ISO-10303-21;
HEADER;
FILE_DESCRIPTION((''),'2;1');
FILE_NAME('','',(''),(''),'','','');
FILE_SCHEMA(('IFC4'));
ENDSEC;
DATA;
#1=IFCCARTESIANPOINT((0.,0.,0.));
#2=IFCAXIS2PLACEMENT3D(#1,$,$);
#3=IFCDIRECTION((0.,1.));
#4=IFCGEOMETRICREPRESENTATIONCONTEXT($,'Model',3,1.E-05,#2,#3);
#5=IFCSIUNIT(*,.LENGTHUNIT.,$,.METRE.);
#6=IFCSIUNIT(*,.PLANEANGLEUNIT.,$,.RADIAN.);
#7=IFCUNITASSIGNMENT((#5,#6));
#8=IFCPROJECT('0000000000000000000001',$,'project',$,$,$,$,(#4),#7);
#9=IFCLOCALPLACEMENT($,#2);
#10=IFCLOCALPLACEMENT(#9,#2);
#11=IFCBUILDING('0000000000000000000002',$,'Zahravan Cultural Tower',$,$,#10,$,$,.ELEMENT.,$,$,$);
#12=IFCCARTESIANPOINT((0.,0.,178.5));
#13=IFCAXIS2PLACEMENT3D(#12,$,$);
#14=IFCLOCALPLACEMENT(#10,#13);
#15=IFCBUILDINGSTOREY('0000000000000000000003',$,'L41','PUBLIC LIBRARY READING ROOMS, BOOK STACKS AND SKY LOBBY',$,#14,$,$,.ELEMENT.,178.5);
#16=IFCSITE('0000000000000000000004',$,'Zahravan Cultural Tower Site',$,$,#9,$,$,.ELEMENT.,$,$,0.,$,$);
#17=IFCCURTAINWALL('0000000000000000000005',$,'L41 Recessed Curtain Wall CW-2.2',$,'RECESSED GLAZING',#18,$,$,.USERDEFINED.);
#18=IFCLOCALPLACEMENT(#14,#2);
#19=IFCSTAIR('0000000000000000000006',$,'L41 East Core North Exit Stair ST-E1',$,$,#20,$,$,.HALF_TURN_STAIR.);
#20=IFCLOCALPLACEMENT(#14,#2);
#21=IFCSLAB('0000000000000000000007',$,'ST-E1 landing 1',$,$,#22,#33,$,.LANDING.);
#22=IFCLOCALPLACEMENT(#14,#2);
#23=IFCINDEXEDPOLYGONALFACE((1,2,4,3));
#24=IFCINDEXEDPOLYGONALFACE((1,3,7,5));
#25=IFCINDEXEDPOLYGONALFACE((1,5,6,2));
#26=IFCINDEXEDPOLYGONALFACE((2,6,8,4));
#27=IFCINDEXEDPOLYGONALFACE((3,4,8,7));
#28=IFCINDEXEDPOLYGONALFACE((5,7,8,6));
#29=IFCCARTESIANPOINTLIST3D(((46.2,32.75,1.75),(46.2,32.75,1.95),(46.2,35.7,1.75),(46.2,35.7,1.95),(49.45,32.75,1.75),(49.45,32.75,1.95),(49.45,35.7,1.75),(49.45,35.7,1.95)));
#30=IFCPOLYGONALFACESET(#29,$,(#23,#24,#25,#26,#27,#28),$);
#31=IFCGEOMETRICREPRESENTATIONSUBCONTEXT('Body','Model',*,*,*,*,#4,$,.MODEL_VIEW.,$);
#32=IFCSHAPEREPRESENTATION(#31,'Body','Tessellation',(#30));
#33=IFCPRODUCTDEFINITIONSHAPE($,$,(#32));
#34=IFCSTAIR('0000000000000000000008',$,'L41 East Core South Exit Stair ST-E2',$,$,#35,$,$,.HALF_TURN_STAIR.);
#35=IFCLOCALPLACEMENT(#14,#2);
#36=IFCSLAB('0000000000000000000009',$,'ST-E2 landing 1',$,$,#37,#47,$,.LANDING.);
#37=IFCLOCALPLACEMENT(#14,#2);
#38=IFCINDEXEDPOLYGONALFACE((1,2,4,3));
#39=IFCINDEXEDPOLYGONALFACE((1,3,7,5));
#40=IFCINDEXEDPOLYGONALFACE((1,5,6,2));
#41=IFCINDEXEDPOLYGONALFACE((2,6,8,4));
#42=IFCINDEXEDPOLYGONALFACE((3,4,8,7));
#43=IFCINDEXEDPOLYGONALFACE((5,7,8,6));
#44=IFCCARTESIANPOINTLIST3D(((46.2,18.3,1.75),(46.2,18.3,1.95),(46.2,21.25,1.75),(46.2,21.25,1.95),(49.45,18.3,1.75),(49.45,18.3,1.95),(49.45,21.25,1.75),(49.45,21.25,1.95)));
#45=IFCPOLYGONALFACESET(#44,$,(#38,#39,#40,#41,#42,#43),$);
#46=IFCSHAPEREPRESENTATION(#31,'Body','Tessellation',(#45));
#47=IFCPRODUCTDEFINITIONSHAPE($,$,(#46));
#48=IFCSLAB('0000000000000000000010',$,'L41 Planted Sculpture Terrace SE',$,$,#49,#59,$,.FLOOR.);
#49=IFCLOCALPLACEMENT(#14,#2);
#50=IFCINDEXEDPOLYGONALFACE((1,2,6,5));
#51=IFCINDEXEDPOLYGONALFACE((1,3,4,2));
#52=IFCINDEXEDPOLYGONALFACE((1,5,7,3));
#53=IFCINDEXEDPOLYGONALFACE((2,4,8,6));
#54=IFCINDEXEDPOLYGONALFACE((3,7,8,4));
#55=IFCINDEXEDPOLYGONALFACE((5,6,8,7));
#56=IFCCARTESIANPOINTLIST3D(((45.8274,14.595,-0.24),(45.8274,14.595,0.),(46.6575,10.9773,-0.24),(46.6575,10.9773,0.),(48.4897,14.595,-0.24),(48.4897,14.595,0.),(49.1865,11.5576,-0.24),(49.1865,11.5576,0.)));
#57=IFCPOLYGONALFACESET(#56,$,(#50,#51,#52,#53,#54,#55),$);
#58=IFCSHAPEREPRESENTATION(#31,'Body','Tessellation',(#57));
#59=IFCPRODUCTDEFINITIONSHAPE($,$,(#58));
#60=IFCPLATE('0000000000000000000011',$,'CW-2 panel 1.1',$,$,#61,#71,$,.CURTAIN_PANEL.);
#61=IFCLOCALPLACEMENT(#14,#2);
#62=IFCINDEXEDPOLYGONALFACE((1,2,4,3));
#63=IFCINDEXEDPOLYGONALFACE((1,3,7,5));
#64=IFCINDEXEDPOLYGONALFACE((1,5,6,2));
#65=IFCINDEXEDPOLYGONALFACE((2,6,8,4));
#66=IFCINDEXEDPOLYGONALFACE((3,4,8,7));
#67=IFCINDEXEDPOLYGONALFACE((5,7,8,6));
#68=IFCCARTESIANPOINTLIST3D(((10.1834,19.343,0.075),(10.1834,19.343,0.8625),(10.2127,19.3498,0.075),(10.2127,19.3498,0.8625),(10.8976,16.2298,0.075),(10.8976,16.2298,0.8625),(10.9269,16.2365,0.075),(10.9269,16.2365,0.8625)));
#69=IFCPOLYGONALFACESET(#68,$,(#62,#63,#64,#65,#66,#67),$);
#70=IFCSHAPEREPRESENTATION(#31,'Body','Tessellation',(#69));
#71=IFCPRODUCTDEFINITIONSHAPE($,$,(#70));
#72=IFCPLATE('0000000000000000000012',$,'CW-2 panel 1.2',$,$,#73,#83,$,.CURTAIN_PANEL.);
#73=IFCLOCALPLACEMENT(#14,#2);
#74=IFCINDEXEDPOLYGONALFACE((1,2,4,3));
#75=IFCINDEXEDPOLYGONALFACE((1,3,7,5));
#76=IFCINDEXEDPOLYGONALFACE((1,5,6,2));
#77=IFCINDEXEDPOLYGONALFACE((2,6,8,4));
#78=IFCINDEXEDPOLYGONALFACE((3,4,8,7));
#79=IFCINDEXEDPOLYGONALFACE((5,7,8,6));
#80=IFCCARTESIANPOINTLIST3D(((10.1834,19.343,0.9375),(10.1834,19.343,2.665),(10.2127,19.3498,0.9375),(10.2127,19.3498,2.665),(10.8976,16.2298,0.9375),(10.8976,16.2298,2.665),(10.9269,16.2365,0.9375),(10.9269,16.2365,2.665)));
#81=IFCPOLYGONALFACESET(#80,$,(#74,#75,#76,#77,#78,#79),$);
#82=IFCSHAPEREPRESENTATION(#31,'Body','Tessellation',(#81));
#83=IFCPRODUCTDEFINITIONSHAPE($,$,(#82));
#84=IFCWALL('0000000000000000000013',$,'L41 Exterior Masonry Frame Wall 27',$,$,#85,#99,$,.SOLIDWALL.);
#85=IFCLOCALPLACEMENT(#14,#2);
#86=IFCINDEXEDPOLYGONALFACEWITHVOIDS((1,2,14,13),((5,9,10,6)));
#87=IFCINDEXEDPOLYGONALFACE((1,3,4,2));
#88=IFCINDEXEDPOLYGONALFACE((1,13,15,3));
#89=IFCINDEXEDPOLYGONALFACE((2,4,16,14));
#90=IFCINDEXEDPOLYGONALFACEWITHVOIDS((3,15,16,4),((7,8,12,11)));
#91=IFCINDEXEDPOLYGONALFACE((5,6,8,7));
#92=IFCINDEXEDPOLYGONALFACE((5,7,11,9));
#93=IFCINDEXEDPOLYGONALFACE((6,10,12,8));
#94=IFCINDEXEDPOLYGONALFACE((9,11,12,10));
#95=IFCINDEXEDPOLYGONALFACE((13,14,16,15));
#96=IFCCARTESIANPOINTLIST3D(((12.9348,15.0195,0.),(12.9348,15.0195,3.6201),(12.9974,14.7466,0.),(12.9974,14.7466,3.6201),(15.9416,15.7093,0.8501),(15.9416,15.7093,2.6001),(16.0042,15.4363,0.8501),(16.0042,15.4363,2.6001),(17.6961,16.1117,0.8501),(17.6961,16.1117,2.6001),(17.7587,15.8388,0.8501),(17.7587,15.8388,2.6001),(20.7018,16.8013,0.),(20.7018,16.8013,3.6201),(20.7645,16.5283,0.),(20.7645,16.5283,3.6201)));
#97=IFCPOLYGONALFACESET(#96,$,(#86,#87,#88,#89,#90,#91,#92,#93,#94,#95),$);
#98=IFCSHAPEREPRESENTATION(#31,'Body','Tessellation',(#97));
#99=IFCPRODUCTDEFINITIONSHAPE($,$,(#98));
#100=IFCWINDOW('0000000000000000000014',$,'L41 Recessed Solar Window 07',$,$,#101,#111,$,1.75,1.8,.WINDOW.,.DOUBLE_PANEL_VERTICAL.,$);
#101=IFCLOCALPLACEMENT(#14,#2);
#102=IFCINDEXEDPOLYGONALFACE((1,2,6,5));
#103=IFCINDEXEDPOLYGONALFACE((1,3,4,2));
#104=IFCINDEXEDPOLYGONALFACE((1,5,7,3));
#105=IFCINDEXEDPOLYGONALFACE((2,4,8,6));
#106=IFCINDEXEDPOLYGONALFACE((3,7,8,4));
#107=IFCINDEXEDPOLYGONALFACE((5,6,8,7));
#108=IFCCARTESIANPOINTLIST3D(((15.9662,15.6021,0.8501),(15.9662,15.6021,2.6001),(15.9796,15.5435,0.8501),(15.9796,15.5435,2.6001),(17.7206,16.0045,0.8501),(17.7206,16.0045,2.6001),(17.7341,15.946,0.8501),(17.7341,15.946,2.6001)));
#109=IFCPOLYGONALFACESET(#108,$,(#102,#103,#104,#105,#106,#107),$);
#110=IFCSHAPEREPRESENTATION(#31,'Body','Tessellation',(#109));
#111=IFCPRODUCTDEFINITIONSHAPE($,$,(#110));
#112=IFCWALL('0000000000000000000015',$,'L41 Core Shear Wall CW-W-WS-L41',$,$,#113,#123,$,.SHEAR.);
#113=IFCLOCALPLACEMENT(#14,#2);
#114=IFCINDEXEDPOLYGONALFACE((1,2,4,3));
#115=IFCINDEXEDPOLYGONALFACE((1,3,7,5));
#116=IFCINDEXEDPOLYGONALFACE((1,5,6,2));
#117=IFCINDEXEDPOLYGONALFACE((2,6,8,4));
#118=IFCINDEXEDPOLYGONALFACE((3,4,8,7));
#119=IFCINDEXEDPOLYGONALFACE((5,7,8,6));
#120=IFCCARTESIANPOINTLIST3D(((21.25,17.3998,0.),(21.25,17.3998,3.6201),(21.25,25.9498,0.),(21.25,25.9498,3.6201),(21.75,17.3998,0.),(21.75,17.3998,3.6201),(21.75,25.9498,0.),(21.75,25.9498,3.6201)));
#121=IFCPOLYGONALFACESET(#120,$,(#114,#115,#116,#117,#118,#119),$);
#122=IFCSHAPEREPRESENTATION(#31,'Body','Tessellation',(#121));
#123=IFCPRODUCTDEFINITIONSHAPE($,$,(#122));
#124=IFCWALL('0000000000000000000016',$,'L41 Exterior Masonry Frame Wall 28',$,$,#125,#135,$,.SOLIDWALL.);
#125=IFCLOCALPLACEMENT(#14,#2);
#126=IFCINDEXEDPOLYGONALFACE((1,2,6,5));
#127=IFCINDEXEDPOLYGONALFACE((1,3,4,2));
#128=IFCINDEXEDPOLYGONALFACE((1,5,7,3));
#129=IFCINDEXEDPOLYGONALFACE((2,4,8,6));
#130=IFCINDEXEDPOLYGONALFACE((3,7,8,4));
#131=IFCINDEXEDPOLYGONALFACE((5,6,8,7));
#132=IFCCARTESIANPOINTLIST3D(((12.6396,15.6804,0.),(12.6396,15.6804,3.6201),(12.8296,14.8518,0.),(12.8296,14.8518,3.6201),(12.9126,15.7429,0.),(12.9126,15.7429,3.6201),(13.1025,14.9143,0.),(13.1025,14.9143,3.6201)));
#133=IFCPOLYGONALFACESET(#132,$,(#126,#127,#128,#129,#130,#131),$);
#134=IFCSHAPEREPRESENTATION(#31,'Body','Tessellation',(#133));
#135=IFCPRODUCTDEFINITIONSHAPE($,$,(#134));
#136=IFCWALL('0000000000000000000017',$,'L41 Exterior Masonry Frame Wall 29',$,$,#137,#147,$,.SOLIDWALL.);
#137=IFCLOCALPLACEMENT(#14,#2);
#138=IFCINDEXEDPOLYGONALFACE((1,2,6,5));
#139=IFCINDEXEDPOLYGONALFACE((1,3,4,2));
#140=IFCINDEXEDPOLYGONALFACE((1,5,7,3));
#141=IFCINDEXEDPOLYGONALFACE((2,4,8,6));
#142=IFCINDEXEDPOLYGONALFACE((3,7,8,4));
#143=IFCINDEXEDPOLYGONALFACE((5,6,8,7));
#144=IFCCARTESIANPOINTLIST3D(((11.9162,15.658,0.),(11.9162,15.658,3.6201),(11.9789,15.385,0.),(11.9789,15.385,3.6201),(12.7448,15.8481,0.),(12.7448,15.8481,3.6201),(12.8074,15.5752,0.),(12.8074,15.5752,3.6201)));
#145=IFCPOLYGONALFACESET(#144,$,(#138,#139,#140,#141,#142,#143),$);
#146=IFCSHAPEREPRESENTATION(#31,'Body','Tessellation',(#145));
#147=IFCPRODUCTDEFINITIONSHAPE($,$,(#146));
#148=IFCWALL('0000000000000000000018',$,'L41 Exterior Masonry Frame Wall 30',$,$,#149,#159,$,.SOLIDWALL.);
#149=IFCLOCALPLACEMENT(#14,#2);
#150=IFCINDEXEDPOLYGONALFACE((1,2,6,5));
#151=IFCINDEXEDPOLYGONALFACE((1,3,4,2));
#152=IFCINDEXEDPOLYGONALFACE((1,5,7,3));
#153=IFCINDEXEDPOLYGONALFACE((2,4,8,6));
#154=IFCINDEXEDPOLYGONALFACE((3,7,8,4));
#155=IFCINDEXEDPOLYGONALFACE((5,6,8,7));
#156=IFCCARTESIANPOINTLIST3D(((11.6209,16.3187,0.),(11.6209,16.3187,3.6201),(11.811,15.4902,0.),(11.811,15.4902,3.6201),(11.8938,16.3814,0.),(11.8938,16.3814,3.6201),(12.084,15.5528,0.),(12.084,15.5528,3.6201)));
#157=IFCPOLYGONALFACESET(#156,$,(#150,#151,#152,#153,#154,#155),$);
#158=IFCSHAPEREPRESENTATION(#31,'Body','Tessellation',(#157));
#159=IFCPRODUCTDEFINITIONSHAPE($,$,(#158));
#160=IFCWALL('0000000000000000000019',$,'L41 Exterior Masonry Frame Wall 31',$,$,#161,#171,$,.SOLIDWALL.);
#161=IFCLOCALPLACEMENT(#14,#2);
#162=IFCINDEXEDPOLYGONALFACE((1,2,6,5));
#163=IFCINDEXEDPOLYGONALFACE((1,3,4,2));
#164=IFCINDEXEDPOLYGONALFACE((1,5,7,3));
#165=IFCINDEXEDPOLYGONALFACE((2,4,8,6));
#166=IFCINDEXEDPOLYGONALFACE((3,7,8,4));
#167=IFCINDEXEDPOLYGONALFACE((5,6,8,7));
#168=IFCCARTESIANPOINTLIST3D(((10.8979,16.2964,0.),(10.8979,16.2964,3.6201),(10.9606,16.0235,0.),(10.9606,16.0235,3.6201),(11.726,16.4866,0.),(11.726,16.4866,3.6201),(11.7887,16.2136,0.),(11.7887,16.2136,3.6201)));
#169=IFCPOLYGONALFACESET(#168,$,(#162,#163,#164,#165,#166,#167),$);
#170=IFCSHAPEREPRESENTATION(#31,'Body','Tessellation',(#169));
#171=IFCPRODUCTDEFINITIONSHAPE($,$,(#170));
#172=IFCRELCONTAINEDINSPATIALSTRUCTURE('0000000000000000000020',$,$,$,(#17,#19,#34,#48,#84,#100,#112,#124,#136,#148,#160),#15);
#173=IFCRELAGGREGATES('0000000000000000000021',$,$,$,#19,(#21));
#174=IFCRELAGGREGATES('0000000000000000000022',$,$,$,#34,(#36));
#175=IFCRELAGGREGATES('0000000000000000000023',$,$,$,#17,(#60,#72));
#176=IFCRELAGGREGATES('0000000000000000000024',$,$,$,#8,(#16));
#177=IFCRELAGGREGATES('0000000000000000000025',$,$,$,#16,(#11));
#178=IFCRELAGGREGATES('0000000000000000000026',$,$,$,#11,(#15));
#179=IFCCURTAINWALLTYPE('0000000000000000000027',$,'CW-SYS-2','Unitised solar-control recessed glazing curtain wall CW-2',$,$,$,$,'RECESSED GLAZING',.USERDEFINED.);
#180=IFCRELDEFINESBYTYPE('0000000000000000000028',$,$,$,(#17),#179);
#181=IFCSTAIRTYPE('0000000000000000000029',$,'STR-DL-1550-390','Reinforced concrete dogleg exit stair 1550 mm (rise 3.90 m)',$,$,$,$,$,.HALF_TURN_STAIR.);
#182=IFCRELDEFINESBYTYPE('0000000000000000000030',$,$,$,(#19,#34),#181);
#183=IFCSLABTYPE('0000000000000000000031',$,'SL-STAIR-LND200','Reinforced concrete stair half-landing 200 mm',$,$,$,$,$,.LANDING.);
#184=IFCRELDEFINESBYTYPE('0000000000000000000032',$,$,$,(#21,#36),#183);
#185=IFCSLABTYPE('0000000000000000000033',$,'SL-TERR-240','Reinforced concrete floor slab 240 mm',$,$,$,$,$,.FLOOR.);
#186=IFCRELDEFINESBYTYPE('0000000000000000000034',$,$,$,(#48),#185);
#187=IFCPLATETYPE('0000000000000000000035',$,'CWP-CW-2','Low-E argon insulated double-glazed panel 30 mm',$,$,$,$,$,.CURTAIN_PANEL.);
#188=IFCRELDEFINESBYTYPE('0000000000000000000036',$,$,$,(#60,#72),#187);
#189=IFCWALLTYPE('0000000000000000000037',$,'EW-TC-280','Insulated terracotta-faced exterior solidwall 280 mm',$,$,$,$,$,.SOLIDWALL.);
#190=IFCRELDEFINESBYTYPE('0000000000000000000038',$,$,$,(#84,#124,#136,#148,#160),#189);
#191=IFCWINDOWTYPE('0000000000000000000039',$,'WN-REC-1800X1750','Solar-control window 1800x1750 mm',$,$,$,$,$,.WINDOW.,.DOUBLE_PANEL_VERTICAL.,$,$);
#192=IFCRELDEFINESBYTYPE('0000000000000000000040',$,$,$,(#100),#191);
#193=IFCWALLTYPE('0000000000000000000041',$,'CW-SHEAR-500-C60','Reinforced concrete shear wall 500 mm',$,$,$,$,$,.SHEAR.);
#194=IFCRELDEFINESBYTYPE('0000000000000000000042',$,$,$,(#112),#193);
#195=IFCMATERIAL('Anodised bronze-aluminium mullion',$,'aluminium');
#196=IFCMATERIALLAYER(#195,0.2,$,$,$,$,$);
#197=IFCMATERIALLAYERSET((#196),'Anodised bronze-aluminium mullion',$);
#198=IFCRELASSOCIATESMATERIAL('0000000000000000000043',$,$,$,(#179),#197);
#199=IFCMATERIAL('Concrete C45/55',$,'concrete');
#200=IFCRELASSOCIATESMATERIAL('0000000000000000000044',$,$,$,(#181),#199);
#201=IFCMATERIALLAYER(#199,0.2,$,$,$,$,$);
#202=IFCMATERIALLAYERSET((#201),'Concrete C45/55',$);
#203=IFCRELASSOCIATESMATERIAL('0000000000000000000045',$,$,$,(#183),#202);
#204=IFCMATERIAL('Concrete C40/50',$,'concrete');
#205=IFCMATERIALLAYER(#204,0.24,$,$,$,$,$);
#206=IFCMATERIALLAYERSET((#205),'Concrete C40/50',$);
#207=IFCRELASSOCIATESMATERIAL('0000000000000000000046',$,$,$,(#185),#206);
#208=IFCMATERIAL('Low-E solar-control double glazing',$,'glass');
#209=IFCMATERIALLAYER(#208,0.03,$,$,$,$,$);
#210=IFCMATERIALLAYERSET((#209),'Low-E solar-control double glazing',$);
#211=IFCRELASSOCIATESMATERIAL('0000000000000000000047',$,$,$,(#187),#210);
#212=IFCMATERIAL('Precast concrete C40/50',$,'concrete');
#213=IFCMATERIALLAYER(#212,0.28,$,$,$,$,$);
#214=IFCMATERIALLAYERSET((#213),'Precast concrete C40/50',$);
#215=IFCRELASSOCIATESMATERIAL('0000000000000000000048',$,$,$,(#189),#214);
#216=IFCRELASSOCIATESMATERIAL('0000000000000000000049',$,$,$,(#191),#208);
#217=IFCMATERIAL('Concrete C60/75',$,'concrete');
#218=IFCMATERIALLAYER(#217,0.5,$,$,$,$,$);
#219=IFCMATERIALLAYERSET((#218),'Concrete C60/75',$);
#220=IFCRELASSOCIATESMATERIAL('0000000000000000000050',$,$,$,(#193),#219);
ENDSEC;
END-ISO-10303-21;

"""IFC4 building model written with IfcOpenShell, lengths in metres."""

from ifc_helpers import new_model, si_unit, direction, frame, frame_2d, origin, origin_2d, place, context, subcontext, project, spatial, polyline, rectangle, outline, extrude, source, transform, mapped, material, layer, layer_set, type_object, element, fill, aggregate, save


model = new_model("IFC4")

# Units and contexts
model_context = context("Model", 3, precision=1e-05, world=origin(), true_north=direction((0.0, 1.0)))
body_context = subcontext(model_context, "Body", "Model", "MODEL_VIEW")
ifc_project = project(units=[si_unit("LENGTHUNIT", "METRE"), si_unit("PLANEANGLEUNIT", "RADIAN")], contexts=[model_context])

# Site, building, storey
site_placement = place(None, origin())
site = spatial("IfcSite", under=ifc_project, at=site_placement, Name="Zahravan Cultural Tower Site", CompositionType="ELEMENT", RefElevation=0.0)
building_placement = place(site_placement, origin())
building = spatial("IfcBuilding", under=site, at=building_placement, Name="Zahravan Cultural Tower", CompositionType="ELEMENT")
storey_placement = place(building_placement, frame((0.0, 0.0, 178.5)))
storey = spatial("IfcBuildingStorey", under=building, at=storey_placement, Name="L41", Description="PUBLIC LIBRARY READING ROOMS, BOOK STACKS AND SKY LOBBY", CompositionType="ELEMENT", Elevation=178.5)

# Curtain wall
ifc_material_1 = material(Name="Anodised bronze-aluminium mullion", Category="aluminium")
ifc_layer_1 = layer(ifc_material_1, 0.2)
ifc_layer_set_1 = layer_set([ifc_layer_1], Name="Anodised bronze-aluminium mullion")
curtain_wall_type = type_object("IfcCurtainWallType", Name="CW-SYS-2", Description="Unitised solar-control recessed glazing curtain wall CW-2", ElementType="RECESSED GLAZING", PredefinedType="USERDEFINED", material=ifc_layer_set_1)
curtain_wall_placement = place(storey_placement, origin())
curtain_wall = element("IfcCurtainWall", 1, at=curtain_wall_placement, inside=storey, type_object=curtain_wall_type, Name="L41 Recessed Curtain Wall CW-2.2", ObjectType="RECESSED GLAZING", PredefinedType="USERDEFINED")

# Shared definitions
ifc_material_2 = material(Name="Concrete C45/55", Category="concrete")

# Stairs, slabs
stair_type = type_object("IfcStairType", Name="STR-DL-1550-390", Description="Reinforced concrete dogleg exit stair 1550 mm (rise 3.90 m)", PredefinedType="HALF_TURN_STAIR", material=ifc_material_2)
ifc_layer_2 = layer(ifc_material_2, 0.2)
ifc_layer_set_2 = layer_set([ifc_layer_2], Name="Concrete C45/55")
slab_type_1 = type_object("IfcSlabType", Name="SL-STAIR-LND200", Description="Reinforced concrete stair half-landing 200 mm", PredefinedType="LANDING", material=ifc_layer_set_2)
stair_1_placement = place(storey_placement, origin())
stair_1 = element("IfcStair", 2, at=stair_1_placement, inside=storey, type_object=stair_type, Name="L41 East Core North Exit Stair ST-E1", PredefinedType="HALF_TURN_STAIR")
slab_1_placement = place(storey_placement, frame((0.0, 0.0, 1.75)))
slab_1 = element("IfcSlab", 3, at=slab_1_placement, type_object=slab_type_1, Name="ST-E1 landing 1", PredefinedType="LANDING", context=body_context, shape_type="SweptSolid", body=[
    extrude(outline(polyline([(49.45, 32.75), (49.45, 35.7), (46.2, 35.7), (46.2, 32.75), (49.45, 32.75)])), origin(), (0.0, 0.0, 1.0), 0.2),
])
aggregate(stair_1, [slab_1])
stair_2_placement = place(storey_placement, origin())
stair_2 = element("IfcStair", 4, at=stair_2_placement, inside=storey, type_object=stair_type, Name="L41 East Core South Exit Stair ST-E2", PredefinedType="HALF_TURN_STAIR")
slab_2_placement = place(storey_placement, frame((0.0, 0.0, 1.75)))
slab_2 = element("IfcSlab", 5, at=slab_2_placement, type_object=slab_type_1, Name="ST-E2 landing 1", PredefinedType="LANDING", context=body_context, shape_type="SweptSolid", body=[
    extrude(outline(polyline([(46.2, 21.25), (46.2, 18.3), (49.45, 18.3), (49.45, 21.25), (46.2, 21.25)])), origin(), (0.0, 0.0, 1.0), 0.2),
])
aggregate(stair_2, [slab_2])

# Slab
ifc_material_3 = material(Name="Concrete C40/50", Category="concrete")
ifc_layer_3 = layer(ifc_material_3, 0.24)
ifc_layer_set_3 = layer_set([ifc_layer_3], Name="Concrete C40/50")
slab_type_2 = type_object("IfcSlabType", Name="SL-TERR-240", Description="Reinforced concrete floor slab 240 mm", PredefinedType="FLOOR", material=ifc_layer_set_3)
slab_3_placement = place(storey_placement, frame((0.0, 0.0, -0.24)))
element("IfcSlab", 6, at=slab_3_placement, inside=storey, type_object=slab_type_2, Name="L41 Planted Sculpture Terrace SE", PredefinedType="FLOOR", context=body_context, shape_type="SweptSolid", body=[
    extrude(outline(polyline([(49.1865, 11.5576), (48.4897, 14.595), (45.8274, 14.595), (46.6575, 10.9773), (49.1865, 11.5576)])), origin(), (0.0, 0.0, 1.0), 0.24),
])

# Plates
ifc_material_4 = material(Name="Low-E solar-control double glazing", Category="glass")
ifc_layer_4 = layer(ifc_material_4, 0.03)
ifc_layer_set_4 = layer_set([ifc_layer_4], Name="Low-E solar-control double glazing")
plate_type = type_object("IfcPlateType", Name="CWP-CW-2", Description="Low-E argon insulated double-glazed panel 30 mm", PredefinedType="CURTAIN_PANEL", material=ifc_layer_set_4)
shared_shape_1 = source(origin(), body_context, "Body", "SweptSolid", [
    extrude(rectangle(XDim=3.1941, YDim=0.03, at=origin_2d()), origin(), (0.0, 0.0, 1.0), 0.7876),
])
plate_1_placement = place(storey_placement, frame((10.5552, 17.7898, 0.075), z_axis=(0.0, 0.0, 1.0), x_axis=(-0.2236, 0.974681, 0.0)))
plate_1 = element("IfcPlate", 7, at=plate_1_placement, type_object=plate_type, Name="CW-2 panel 1.1", PredefinedType="CURTAIN_PANEL", context=body_context, shape_type="MappedRepresentation", body=[
    mapped(shared_shape_1, transform((0.0, 0.0, 0.0), x_axis=(1.0, 0.0, 0.0), y_axis=(0.0, 1.0, 0.0), z_axis=(0.0, 0.0, 1.0), scale=1.0)),
])
shared_shape_2 = source(origin(), body_context, "Body", "SweptSolid", [
    extrude(rectangle(XDim=3.1941, YDim=0.03, at=origin_2d()), origin(), (0.0, 0.0, 1.0), 1.7275),
])
plate_2_placement = place(storey_placement, frame((10.5552, 17.7898, 0.9375), z_axis=(0.0, 0.0, 1.0), x_axis=(-0.2236, 0.974681, 0.0)))
plate_2 = element("IfcPlate", 8, at=plate_2_placement, type_object=plate_type, Name="CW-2 panel 1.2", PredefinedType="CURTAIN_PANEL", context=body_context, shape_type="MappedRepresentation", body=[
    mapped(shared_shape_2, transform((0.0, 0.0, 0.0), x_axis=(1.0, 0.0, 0.0), y_axis=(0.0, 1.0, 0.0), z_axis=(0.0, 0.0, 1.0), scale=1.0)),
])
aggregate(curtain_wall, [plate_1, plate_2])

# Wall, opening, window
ifc_material_5 = material(Name="Precast concrete C40/50", Category="concrete")
ifc_layer_5 = layer(ifc_material_5, 0.28)
ifc_layer_set_5 = layer_set([ifc_layer_5], Name="Precast concrete C40/50")
wall_type_1 = type_object("IfcWallType", Name="EW-TC-280", Description="Insulated terracotta-faced exterior solidwall 280 mm", PredefinedType="SOLIDWALL", material=ifc_layer_set_5)
wall_1_placement = place(storey_placement, frame((20.7332, 16.6648, 0.0), z_axis=(0.0, 0.0, 1.0), x_axis=(-0.974684, -0.223588, 0.0)))
wall_1 = element("IfcWall", 9, at=wall_1_placement, inside=storey, type_object=wall_type_1, Name="L41 Exterior Masonry Frame Wall 27", PredefinedType="SOLIDWALL", context=body_context, shape_type="SweptSolid", body=[
    extrude(rectangle(XDim=7.9688, YDim=0.28, at=frame_2d((3.9844, 0.0))), origin(), (0.0, 0.0, 1.0), 3.6201),
])
opening_placement = place(wall_1_placement, frame((3.084, 0.0, 0.8501)))
opening = element("IfcOpeningElement", 10, at=opening_placement, cuts=wall_1, PredefinedType="OPENING", context=body_context, shape_type="SweptSolid", body=[
    extrude(rectangle(XDim=1.8, YDim=1.75, at=frame_2d((0.8999, 0.875))), frame((0.0, 0.1499, 0.0), z_axis=(0.0, -1.0, 0.0), x_axis=(1.0, 0.0, 0.0)), (0.0, 0.0, 1.0), 0.3),
])
window_type = type_object("IfcWindowType", Name="WN-REC-1800X1750", Description="Solar-control window 1800x1750 mm", PartitioningType="DOUBLE_PANEL_VERTICAL", PredefinedType="WINDOW", material=ifc_material_4)
shared_shape_3 = source(origin(), body_context, "Body", "SweptSolid", [
    extrude(rectangle(XDim=1.8, YDim=1.75, at=frame_2d((0.8999, 0.875))), frame((0.0, 0.03, 0.0), z_axis=(0.0, -1.0, 0.0), x_axis=(1.0, 0.0, 0.0)), (0.0, 0.0, 1.0), 0.0601),
])
window_placement = place(opening_placement, origin())
window = element("IfcWindow", 11, at=window_placement, inside=storey, type_object=window_type, Name="L41 Recessed Solar Window 07", OverallHeight=1.75, OverallWidth=1.8, PartitioningType="DOUBLE_PANEL_VERTICAL", PredefinedType="WINDOW", context=body_context, shape_type="MappedRepresentation", body=[
    mapped(shared_shape_3, transform((0.0, 0.0, 0.0), x_axis=(1.0, 0.0, 0.0), y_axis=(0.0, 1.0, 0.0), z_axis=(0.0, 0.0, 1.0), scale=1.0)),
])
fill(opening, window)

# Walls
ifc_material_6 = material(Name="Concrete C60/75", Category="concrete")
ifc_layer_6 = layer(ifc_material_6, 0.5)
ifc_layer_set_6 = layer_set([ifc_layer_6], Name="Concrete C60/75")
wall_type_2 = type_object("IfcWallType", Name="CW-SHEAR-500-C60", Description="Reinforced concrete shear wall 500 mm", PredefinedType="SHEAR", material=ifc_layer_set_6)
shared_shape_4 = source(origin(), body_context, "Body", "SweptSolid", [
    extrude(rectangle(XDim=8.55, YDim=0.5, at=frame_2d((4.2749, 0.0))), origin(), (0.0, 0.0, 1.0), 3.6201),
])
wall_2_placement = place(storey_placement, frame((21.5, 17.3999, 0.0), z_axis=(0.0, 0.0, 1.0), x_axis=(0.0, 1.0, 0.0)))
element("IfcWall", 12, at=wall_2_placement, inside=storey, type_object=wall_type_2, Name="L41 Core Shear Wall CW-W-WS-L41", PredefinedType="SHEAR", context=body_context, shape_type="MappedRepresentation", body=[
    mapped(shared_shape_4, transform((0.0, 0.0, 0.0), x_axis=(1.0, 0.0, 0.0), y_axis=(0.0, 1.0, 0.0), z_axis=(0.0, 0.0, 1.0), scale=1.0)),
])
shared_shape_5 = source(origin(), body_context, "Body", "SweptSolid", [
    extrude(rectangle(XDim=0.8501, YDim=0.28, at=frame_2d((0.425, 0.0))), origin(), (0.0, 0.0, 1.0), 3.6201),
])
for number, where, z_axis, x_axis, name in (
    (13, (12.9661, 14.8831, 0.0), (0.0, 0.0, 1.0), (-0.223433, 0.974719, 0.0), "L41 Exterior Masonry Frame Wall 28"),
    (14, (12.7761, 15.7117, 0.0), (0.0, 0.0, 1.0), (-0.974657, -0.223706, 0.0), "L41 Exterior Masonry Frame Wall 29"),
    (15, (11.9475, 15.5215, 0.0), (0.0, 0.0, 1.0), (-0.223706, 0.974657, 0.0), "L41 Exterior Masonry Frame Wall 30"),
):
    element("IfcWall", number, at=place(storey_placement, frame(where, z_axis=z_axis, x_axis=x_axis)), inside=storey, type_object=wall_type_1, Name=name, PredefinedType="SOLIDWALL", context=body_context, shape_type="MappedRepresentation", body=[
        mapped(shared_shape_5, transform((0.0, 0.0, 0.0), x_axis=(1.0, 0.0, 0.0), y_axis=(0.0, 1.0, 0.0), z_axis=(0.0, 0.0, 1.0), scale=1.0)),
    ])
shared_shape_6 = source(origin(), body_context, "Body", "SweptSolid", [
    extrude(rectangle(XDim=0.8496, YDim=0.28, at=frame_2d((0.4248, 0.0))), origin(), (0.0, 0.0, 1.0), 3.6201),
])
wall_3_placement = place(storey_placement, frame((11.7573, 16.3501, 0.0), z_axis=(0.0, 0.0, 1.0), x_axis=(-0.974628, -0.223831, 0.0)))
element("IfcWall", 16, at=wall_3_placement, inside=storey, type_object=wall_type_1, Name="L41 Exterior Masonry Frame Wall 31", PredefinedType="SOLIDWALL", context=body_context, shape_type="MappedRepresentation", body=[
    mapped(shared_shape_6, transform((0.0, 0.0, 0.0), x_axis=(1.0, 0.0, 0.0), y_axis=(0.0, 1.0, 0.0), z_axis=(0.0, 0.0, 1.0), scale=1.0)),
])

save(model, "model.ifc")
